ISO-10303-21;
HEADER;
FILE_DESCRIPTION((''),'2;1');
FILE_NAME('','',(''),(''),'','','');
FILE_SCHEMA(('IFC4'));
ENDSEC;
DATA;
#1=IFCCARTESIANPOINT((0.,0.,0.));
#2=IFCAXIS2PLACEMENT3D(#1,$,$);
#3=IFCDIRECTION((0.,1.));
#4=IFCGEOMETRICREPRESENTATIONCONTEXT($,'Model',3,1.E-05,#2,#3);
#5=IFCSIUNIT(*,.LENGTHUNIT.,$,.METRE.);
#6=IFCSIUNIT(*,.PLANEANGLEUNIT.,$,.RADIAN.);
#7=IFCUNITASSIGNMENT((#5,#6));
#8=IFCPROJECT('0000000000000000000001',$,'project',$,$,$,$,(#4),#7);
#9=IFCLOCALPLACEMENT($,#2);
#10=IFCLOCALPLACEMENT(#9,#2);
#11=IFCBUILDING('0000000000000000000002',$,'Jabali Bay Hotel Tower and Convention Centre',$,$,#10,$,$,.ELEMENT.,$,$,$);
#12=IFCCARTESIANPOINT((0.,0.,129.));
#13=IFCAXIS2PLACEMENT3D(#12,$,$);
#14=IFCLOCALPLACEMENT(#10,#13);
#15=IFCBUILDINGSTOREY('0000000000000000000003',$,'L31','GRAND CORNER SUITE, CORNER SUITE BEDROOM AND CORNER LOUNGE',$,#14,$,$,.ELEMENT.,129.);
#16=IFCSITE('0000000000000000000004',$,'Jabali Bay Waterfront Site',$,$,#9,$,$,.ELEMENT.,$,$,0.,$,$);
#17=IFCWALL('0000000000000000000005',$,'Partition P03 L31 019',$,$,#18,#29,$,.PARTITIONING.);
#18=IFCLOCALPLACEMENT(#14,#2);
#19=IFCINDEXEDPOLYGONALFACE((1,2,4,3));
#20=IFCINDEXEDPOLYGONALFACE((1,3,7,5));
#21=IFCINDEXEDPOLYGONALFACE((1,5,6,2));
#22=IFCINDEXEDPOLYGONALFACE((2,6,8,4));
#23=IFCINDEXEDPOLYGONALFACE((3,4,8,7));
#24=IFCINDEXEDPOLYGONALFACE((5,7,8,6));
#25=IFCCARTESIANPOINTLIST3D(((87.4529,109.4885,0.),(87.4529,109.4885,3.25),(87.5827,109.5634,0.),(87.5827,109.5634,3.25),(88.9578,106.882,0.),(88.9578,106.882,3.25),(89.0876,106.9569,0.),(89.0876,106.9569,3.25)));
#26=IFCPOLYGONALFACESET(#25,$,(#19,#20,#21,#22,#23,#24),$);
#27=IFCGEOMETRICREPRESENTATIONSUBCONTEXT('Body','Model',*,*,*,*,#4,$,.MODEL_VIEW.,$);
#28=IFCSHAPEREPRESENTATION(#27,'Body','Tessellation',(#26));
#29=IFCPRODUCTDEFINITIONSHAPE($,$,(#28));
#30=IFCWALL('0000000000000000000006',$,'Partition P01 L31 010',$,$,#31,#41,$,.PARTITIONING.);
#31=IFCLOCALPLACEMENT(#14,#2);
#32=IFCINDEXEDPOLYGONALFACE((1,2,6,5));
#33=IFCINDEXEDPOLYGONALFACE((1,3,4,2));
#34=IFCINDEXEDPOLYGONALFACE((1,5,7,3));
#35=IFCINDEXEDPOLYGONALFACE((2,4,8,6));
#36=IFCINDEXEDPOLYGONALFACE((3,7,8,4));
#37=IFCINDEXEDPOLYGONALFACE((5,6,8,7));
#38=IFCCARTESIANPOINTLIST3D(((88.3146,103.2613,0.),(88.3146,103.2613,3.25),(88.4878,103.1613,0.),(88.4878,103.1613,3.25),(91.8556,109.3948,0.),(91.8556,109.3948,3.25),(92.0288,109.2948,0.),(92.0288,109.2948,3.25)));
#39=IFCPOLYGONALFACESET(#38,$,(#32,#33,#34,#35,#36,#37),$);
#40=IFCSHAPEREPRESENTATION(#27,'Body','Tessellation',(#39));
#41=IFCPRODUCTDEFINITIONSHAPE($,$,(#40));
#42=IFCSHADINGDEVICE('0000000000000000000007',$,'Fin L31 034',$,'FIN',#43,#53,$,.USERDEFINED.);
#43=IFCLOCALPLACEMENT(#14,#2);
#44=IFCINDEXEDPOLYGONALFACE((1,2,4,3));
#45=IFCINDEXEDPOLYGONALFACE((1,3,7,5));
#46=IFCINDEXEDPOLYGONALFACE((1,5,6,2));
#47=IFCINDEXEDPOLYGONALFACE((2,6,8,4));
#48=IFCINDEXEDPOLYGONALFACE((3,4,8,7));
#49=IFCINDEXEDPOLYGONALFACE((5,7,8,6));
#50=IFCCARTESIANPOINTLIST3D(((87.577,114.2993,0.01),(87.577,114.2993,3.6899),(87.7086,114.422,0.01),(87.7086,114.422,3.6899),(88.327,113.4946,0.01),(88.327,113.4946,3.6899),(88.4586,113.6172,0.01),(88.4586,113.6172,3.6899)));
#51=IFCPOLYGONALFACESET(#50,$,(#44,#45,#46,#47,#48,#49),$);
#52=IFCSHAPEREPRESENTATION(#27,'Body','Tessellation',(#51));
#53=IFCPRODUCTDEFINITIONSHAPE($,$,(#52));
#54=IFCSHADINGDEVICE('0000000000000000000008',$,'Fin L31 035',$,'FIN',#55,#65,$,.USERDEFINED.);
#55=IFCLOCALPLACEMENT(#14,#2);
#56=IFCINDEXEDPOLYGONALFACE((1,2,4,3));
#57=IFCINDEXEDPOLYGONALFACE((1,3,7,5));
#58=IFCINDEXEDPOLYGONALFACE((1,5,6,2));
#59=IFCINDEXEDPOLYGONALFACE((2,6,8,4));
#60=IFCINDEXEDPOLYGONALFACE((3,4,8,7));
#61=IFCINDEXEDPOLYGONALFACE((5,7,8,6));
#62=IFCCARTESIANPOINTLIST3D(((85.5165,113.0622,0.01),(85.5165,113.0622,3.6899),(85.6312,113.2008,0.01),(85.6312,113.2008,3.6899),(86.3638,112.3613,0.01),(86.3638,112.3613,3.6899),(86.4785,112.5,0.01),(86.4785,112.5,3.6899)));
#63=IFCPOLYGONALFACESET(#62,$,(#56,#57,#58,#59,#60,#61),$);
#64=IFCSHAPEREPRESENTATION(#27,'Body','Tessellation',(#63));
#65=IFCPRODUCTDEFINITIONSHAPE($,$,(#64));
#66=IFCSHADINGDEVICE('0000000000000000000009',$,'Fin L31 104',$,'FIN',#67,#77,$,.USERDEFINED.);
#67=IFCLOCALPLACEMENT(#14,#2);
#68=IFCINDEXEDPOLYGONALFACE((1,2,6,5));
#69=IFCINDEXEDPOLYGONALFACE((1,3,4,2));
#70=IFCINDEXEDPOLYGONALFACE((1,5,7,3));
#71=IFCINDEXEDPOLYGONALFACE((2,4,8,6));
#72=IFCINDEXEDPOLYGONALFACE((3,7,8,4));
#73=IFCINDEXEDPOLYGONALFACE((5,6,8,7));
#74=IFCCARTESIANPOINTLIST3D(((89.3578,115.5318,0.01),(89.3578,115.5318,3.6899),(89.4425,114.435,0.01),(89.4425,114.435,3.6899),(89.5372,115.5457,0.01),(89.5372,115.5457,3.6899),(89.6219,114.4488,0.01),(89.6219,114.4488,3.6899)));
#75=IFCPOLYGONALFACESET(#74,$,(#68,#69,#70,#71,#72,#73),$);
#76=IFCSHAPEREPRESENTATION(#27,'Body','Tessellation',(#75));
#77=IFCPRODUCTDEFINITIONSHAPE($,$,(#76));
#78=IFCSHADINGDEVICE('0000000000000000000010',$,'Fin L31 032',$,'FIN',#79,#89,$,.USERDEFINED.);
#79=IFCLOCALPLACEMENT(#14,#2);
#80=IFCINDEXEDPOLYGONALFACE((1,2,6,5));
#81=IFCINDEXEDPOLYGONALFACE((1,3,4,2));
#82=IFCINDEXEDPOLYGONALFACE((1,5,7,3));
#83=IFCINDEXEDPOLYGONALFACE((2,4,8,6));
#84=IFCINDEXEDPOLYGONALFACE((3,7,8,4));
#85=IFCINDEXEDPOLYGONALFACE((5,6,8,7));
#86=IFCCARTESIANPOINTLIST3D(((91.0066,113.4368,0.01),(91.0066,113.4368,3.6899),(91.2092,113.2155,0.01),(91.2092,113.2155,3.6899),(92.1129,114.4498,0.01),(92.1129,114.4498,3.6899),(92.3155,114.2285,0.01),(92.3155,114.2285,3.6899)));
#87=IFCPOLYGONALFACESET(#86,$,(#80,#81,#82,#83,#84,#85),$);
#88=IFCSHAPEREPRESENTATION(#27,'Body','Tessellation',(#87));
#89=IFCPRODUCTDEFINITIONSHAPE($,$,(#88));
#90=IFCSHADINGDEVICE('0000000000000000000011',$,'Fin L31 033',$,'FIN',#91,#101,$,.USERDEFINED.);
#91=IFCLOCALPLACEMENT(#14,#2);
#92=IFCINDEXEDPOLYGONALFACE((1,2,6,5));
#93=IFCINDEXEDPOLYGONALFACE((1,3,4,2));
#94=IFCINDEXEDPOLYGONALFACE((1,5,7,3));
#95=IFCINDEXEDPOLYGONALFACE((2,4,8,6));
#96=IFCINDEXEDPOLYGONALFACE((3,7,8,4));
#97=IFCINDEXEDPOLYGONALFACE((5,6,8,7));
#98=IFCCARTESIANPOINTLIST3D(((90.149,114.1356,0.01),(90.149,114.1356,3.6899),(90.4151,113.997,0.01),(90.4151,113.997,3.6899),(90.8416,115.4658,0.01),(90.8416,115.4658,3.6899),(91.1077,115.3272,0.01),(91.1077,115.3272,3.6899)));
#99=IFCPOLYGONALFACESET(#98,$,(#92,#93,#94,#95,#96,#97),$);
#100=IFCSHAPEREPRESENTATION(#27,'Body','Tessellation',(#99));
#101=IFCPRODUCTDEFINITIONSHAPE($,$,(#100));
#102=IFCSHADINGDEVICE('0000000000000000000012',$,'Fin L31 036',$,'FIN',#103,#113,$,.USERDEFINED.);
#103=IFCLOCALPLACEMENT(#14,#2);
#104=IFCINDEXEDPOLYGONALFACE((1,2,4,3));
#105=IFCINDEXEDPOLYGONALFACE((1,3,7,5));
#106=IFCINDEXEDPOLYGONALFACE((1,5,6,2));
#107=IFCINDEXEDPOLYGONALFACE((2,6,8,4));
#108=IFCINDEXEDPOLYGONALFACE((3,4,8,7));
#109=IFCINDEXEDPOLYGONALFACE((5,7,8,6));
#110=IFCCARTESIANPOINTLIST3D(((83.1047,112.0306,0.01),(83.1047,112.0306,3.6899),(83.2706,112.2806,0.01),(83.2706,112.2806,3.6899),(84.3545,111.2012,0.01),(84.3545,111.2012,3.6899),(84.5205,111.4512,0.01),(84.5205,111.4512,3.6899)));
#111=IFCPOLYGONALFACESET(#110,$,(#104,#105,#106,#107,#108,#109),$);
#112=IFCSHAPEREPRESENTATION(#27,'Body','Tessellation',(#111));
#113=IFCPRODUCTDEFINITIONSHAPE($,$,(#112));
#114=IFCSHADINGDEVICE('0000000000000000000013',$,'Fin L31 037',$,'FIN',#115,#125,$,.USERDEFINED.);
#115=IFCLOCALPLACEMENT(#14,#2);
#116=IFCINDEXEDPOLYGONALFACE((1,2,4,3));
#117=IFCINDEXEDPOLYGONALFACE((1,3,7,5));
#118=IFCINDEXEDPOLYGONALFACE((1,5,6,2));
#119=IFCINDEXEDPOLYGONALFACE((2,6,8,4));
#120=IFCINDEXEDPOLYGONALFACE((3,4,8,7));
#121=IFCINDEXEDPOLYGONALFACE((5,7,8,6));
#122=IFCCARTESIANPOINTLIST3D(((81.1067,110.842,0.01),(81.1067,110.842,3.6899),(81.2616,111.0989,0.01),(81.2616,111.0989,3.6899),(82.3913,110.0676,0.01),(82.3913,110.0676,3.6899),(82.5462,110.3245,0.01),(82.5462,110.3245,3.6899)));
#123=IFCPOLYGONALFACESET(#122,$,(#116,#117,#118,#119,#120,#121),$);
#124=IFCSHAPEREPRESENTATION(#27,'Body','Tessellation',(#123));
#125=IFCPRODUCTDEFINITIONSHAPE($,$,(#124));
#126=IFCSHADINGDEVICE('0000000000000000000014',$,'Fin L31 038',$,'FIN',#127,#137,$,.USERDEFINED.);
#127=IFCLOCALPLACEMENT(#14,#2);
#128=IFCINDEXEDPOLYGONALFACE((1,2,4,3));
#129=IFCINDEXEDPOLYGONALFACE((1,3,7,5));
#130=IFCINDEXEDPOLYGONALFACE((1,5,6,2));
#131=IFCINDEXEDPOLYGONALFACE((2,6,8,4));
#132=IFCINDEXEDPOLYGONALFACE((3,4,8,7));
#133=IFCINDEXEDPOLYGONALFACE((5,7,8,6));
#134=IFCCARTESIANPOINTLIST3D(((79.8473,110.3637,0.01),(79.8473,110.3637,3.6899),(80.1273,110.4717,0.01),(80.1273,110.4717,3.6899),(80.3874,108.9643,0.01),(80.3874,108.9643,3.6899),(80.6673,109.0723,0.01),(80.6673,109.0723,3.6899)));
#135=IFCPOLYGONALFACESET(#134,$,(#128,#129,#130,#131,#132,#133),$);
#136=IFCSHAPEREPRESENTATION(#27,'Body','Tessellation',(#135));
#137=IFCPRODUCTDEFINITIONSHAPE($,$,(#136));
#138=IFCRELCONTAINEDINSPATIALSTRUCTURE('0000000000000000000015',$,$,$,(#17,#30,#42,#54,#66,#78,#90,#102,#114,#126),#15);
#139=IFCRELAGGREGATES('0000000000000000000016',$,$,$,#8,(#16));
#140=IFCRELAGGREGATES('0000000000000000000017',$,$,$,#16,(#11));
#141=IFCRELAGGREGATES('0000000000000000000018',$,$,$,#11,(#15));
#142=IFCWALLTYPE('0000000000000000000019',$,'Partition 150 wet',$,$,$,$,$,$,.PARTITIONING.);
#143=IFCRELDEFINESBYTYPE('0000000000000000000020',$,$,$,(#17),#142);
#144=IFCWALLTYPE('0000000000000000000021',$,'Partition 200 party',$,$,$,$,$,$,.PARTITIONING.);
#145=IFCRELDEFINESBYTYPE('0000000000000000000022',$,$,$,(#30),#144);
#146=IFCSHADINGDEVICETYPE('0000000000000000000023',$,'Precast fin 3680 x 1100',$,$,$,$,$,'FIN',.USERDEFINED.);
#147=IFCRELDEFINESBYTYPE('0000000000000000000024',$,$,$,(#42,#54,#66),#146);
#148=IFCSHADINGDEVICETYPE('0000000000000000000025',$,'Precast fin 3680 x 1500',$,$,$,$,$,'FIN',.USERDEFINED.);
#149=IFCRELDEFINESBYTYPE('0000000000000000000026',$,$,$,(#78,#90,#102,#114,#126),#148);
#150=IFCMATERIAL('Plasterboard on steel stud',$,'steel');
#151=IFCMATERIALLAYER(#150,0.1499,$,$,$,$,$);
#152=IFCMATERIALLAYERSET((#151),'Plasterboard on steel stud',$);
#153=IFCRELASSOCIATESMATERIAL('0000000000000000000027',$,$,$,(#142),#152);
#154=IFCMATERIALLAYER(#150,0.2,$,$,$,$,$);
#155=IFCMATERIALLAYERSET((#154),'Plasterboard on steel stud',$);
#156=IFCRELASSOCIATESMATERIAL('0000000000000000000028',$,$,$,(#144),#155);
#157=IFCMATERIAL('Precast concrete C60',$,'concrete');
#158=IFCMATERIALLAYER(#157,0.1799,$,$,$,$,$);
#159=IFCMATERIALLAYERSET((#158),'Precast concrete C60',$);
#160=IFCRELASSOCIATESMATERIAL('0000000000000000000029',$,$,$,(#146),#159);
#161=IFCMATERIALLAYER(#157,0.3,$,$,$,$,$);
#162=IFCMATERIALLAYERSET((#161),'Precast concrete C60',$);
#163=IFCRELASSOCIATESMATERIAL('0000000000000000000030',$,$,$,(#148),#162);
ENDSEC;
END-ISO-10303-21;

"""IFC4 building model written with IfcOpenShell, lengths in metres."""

from ifc_helpers import new_model, si_unit, direction, frame, frame_2d, origin, place, context, subcontext, project, spatial, rectangle, extrude, material, layer, layer_set, type_object, element, save


model = new_model("IFC4")

# Units and contexts
model_context = context("Model", 3, precision=1e-05, world=origin(), true_north=direction((0.0, 1.0)))
body_context = subcontext(model_context, "Body", "Model", "MODEL_VIEW")
ifc_project = project(units=[si_unit("LENGTHUNIT", "METRE"), si_unit("PLANEANGLEUNIT", "RADIAN")], contexts=[model_context])

# Site, building, storey
site_placement = place(None, origin())
site = spatial("IfcSite", under=ifc_project, at=site_placement, Name="Jabali Bay Waterfront Site", CompositionType="ELEMENT", RefElevation=0.0)
building_placement = place(site_placement, origin())
building = spatial("IfcBuilding", under=site, at=building_placement, Name="Jabali Bay Hotel Tower and Convention Centre", CompositionType="ELEMENT")
storey_placement = place(building_placement, frame((0.0, 0.0, 129.0)))
storey = spatial("IfcBuildingStorey", under=building, at=storey_placement, Name="L31", Description="GRAND CORNER SUITE, CORNER SUITE BEDROOM AND CORNER LOUNGE", CompositionType="ELEMENT", Elevation=129.0)

# Shared definitions
ifc_material_1 = material(Name="Plasterboard on steel stud", Category="steel")
ifc_layer_1 = layer(ifc_material_1, 0.1499)
ifc_layer_set_1 = layer_set([ifc_layer_1], Name="Plasterboard on steel stud")
wall_type_1 = type_object("IfcWallType", Name="Partition 150 wet", PredefinedType="PARTITIONING", material=ifc_layer_set_1)

# Walls
wall_1_placement = place(storey_placement, frame((89.0227, 106.9194, 0.0), z_axis=(0.0, 0.0, 1.0), x_axis=(-0.500013, 0.866018, 0.0)))
element("IfcWall", 1, at=wall_1_placement, inside=storey, type_object=wall_type_1, Name="Partition P03 L31 019", PredefinedType="PARTITIONING", context=body_context, shape_type="SweptSolid", body=[
    extrude(rectangle(XDim=3.0098, YDim=0.1499, at=frame_2d((1.5049, 0.0))), origin(), (0.0, 0.0, 1.0), 3.25),
])
ifc_layer_2 = layer(ifc_material_1, 0.2)
ifc_layer_set_2 = layer_set([ifc_layer_2], Name="Plasterboard on steel stud")
wall_type_2 = type_object("IfcWallType", Name="Partition 200 party", PredefinedType="PARTITIONING", material=ifc_layer_set_2)
wall_2_placement = place(storey_placement, frame((91.9421, 109.3447, 0.0), z_axis=(0.0, 0.0, 1.0), x_axis=(-0.49998, -0.866037, 0.0)))
element("IfcWall", 2, at=wall_2_placement, inside=storey, type_object=wall_type_2, Name="Partition P01 L31 010", PredefinedType="PARTITIONING", context=body_context, shape_type="SweptSolid", body=[
    extrude(rectangle(XDim=7.0823, YDim=0.2, at=frame_2d((3.541, 0.0))), origin(), (0.0, 0.0, 1.0), 3.25),
])

# Shading devices
ifc_material_2 = material(Name="Precast concrete C60", Category="concrete")
ifc_layer_3 = layer(ifc_material_2, 0.1799)
ifc_layer_set_3 = layer_set([ifc_layer_3], Name="Precast concrete C60")
shading_device_type_1 = type_object("IfcShadingDeviceType", Name="Precast fin 3680 x 1100", ElementType="FIN", PredefinedType="USERDEFINED", material=ifc_layer_set_3)
shading_device_1_placement = place(storey_placement, frame((88.3928, 113.5559, 0.01), z_axis=(0.0, 0.0, 1.0), x_axis=(-0.681812, 0.731527, 0.0)))
element("IfcShadingDevice", 3, at=shading_device_1_placement, inside=storey, type_object=shading_device_type_1, Name="Fin L31 034", ObjectType="FIN", PredefinedType="USERDEFINED", context=body_context, shape_type="SweptSolid", body=[
    extrude(rectangle(XDim=1.1001, YDim=0.1799, at=frame_2d((0.55, 0.0))), origin(), (0.0, 0.0, 1.0), 3.6799),
])
shading_device_2_placement = place(storey_placement, frame((86.4211, 112.4307, 0.01), z_axis=(0.0, 0.0, 1.0), x_axis=(-0.770563, 0.637363, 0.0)))
element("IfcShadingDevice", 4, at=shading_device_2_placement, inside=storey, type_object=shading_device_type_1, Name="Fin L31 035", ObjectType="FIN", PredefinedType="USERDEFINED", context=body_context, shape_type="SweptSolid", body=[
    extrude(rectangle(XDim=1.0996, YDim=0.1799, at=frame_2d((0.5498, 0.0))), origin(), (0.0, 0.0, 1.0), 3.6799),
])
shading_device_3_placement = place(storey_placement, frame((89.5322, 114.4419, 0.01), z_axis=(0.0, 0.0, 1.0), x_axis=(-0.077002, 0.997031, 0.0)))
element("IfcShadingDevice", 5, at=shading_device_3_placement, inside=storey, type_object=shading_device_type_1, Name="Fin L31 104", ObjectType="FIN", PredefinedType="USERDEFINED", context=body_context, shape_type="SweptSolid", body=[
    extrude(rectangle(XDim=1.1001, YDim=0.1799, at=frame_2d((0.55, 0.0))), origin(), (0.0, 0.0, 1.0), 3.6799),
])
ifc_layer_4 = layer(ifc_material_2, 0.3)
ifc_layer_set_4 = layer_set([ifc_layer_4], Name="Precast concrete C60")
shading_device_type_2 = type_object("IfcShadingDeviceType", Name="Precast fin 3680 x 1500", ElementType="FIN", PredefinedType="USERDEFINED", material=ifc_layer_set_4)
shading_device_4_placement = place(storey_placement, frame((91.1079, 113.3262, 0.01), z_axis=(0.0, 0.0, 1.0), x_axis=(0.737512, 0.675334, 0.0)))
element("IfcShadingDevice", 6, at=shading_device_4_placement, inside=storey, type_object=shading_device_type_2, Name="Fin L31 032", ObjectType="FIN", PredefinedType="USERDEFINED", context=body_context, shape_type="SweptSolid", body=[
    extrude(rectangle(XDim=1.5, YDim=0.3, at=frame_2d((0.75, 0.0))), origin(), (0.0, 0.0, 1.0), 3.6799),
])
shading_device_5_placement = place(storey_placement, frame((90.282, 114.0662, 0.01), z_axis=(0.0, 0.0, 1.0), x_axis=(0.461804, 0.886982, 0.0)))
element("IfcShadingDevice", 7, at=shading_device_5_placement, inside=storey, type_object=shading_device_type_2, Name="Fin L31 033", ObjectType="FIN", PredefinedType="USERDEFINED", context=body_context, shape_type="SweptSolid", body=[
    extrude(rectangle(XDim=1.4998, YDim=0.3, at=frame_2d((0.75, 0.0))), origin(), (0.0, 0.0, 1.0), 3.6799),
])
for number, where, z_axis, x_axis, name in (
    (8, (84.4375, 111.3262, 0.01), (0.0, 0.0, 1.0), (-0.833225, 0.552934, 0.0), "Fin L31 036"),
    (9, (82.4688, 110.196, 0.01), (0.0, 0.0, 1.0), (-0.856428, 0.516266, 0.0), "Fin L31 037"),
    (10, (80.5273, 109.0183, 0.01), (0.0, 0.0, 1.0), (-0.360026, 0.932942, 0.0), "Fin L31 038"),
):
    element("IfcShadingDevice", number, at=place(storey_placement, frame(where, z_axis=z_axis, x_axis=x_axis)), inside=storey, type_object=shading_device_type_2, Name=name, ObjectType="FIN", PredefinedType="USERDEFINED", context=body_context, shape_type="SweptSolid", body=[
        extrude(rectangle(XDim=1.5, YDim=0.3, at=frame_2d((0.75, 0.0))), origin(), (0.0, 0.0, 1.0), 3.6799),
    ])

save(model, "model.ifc")
